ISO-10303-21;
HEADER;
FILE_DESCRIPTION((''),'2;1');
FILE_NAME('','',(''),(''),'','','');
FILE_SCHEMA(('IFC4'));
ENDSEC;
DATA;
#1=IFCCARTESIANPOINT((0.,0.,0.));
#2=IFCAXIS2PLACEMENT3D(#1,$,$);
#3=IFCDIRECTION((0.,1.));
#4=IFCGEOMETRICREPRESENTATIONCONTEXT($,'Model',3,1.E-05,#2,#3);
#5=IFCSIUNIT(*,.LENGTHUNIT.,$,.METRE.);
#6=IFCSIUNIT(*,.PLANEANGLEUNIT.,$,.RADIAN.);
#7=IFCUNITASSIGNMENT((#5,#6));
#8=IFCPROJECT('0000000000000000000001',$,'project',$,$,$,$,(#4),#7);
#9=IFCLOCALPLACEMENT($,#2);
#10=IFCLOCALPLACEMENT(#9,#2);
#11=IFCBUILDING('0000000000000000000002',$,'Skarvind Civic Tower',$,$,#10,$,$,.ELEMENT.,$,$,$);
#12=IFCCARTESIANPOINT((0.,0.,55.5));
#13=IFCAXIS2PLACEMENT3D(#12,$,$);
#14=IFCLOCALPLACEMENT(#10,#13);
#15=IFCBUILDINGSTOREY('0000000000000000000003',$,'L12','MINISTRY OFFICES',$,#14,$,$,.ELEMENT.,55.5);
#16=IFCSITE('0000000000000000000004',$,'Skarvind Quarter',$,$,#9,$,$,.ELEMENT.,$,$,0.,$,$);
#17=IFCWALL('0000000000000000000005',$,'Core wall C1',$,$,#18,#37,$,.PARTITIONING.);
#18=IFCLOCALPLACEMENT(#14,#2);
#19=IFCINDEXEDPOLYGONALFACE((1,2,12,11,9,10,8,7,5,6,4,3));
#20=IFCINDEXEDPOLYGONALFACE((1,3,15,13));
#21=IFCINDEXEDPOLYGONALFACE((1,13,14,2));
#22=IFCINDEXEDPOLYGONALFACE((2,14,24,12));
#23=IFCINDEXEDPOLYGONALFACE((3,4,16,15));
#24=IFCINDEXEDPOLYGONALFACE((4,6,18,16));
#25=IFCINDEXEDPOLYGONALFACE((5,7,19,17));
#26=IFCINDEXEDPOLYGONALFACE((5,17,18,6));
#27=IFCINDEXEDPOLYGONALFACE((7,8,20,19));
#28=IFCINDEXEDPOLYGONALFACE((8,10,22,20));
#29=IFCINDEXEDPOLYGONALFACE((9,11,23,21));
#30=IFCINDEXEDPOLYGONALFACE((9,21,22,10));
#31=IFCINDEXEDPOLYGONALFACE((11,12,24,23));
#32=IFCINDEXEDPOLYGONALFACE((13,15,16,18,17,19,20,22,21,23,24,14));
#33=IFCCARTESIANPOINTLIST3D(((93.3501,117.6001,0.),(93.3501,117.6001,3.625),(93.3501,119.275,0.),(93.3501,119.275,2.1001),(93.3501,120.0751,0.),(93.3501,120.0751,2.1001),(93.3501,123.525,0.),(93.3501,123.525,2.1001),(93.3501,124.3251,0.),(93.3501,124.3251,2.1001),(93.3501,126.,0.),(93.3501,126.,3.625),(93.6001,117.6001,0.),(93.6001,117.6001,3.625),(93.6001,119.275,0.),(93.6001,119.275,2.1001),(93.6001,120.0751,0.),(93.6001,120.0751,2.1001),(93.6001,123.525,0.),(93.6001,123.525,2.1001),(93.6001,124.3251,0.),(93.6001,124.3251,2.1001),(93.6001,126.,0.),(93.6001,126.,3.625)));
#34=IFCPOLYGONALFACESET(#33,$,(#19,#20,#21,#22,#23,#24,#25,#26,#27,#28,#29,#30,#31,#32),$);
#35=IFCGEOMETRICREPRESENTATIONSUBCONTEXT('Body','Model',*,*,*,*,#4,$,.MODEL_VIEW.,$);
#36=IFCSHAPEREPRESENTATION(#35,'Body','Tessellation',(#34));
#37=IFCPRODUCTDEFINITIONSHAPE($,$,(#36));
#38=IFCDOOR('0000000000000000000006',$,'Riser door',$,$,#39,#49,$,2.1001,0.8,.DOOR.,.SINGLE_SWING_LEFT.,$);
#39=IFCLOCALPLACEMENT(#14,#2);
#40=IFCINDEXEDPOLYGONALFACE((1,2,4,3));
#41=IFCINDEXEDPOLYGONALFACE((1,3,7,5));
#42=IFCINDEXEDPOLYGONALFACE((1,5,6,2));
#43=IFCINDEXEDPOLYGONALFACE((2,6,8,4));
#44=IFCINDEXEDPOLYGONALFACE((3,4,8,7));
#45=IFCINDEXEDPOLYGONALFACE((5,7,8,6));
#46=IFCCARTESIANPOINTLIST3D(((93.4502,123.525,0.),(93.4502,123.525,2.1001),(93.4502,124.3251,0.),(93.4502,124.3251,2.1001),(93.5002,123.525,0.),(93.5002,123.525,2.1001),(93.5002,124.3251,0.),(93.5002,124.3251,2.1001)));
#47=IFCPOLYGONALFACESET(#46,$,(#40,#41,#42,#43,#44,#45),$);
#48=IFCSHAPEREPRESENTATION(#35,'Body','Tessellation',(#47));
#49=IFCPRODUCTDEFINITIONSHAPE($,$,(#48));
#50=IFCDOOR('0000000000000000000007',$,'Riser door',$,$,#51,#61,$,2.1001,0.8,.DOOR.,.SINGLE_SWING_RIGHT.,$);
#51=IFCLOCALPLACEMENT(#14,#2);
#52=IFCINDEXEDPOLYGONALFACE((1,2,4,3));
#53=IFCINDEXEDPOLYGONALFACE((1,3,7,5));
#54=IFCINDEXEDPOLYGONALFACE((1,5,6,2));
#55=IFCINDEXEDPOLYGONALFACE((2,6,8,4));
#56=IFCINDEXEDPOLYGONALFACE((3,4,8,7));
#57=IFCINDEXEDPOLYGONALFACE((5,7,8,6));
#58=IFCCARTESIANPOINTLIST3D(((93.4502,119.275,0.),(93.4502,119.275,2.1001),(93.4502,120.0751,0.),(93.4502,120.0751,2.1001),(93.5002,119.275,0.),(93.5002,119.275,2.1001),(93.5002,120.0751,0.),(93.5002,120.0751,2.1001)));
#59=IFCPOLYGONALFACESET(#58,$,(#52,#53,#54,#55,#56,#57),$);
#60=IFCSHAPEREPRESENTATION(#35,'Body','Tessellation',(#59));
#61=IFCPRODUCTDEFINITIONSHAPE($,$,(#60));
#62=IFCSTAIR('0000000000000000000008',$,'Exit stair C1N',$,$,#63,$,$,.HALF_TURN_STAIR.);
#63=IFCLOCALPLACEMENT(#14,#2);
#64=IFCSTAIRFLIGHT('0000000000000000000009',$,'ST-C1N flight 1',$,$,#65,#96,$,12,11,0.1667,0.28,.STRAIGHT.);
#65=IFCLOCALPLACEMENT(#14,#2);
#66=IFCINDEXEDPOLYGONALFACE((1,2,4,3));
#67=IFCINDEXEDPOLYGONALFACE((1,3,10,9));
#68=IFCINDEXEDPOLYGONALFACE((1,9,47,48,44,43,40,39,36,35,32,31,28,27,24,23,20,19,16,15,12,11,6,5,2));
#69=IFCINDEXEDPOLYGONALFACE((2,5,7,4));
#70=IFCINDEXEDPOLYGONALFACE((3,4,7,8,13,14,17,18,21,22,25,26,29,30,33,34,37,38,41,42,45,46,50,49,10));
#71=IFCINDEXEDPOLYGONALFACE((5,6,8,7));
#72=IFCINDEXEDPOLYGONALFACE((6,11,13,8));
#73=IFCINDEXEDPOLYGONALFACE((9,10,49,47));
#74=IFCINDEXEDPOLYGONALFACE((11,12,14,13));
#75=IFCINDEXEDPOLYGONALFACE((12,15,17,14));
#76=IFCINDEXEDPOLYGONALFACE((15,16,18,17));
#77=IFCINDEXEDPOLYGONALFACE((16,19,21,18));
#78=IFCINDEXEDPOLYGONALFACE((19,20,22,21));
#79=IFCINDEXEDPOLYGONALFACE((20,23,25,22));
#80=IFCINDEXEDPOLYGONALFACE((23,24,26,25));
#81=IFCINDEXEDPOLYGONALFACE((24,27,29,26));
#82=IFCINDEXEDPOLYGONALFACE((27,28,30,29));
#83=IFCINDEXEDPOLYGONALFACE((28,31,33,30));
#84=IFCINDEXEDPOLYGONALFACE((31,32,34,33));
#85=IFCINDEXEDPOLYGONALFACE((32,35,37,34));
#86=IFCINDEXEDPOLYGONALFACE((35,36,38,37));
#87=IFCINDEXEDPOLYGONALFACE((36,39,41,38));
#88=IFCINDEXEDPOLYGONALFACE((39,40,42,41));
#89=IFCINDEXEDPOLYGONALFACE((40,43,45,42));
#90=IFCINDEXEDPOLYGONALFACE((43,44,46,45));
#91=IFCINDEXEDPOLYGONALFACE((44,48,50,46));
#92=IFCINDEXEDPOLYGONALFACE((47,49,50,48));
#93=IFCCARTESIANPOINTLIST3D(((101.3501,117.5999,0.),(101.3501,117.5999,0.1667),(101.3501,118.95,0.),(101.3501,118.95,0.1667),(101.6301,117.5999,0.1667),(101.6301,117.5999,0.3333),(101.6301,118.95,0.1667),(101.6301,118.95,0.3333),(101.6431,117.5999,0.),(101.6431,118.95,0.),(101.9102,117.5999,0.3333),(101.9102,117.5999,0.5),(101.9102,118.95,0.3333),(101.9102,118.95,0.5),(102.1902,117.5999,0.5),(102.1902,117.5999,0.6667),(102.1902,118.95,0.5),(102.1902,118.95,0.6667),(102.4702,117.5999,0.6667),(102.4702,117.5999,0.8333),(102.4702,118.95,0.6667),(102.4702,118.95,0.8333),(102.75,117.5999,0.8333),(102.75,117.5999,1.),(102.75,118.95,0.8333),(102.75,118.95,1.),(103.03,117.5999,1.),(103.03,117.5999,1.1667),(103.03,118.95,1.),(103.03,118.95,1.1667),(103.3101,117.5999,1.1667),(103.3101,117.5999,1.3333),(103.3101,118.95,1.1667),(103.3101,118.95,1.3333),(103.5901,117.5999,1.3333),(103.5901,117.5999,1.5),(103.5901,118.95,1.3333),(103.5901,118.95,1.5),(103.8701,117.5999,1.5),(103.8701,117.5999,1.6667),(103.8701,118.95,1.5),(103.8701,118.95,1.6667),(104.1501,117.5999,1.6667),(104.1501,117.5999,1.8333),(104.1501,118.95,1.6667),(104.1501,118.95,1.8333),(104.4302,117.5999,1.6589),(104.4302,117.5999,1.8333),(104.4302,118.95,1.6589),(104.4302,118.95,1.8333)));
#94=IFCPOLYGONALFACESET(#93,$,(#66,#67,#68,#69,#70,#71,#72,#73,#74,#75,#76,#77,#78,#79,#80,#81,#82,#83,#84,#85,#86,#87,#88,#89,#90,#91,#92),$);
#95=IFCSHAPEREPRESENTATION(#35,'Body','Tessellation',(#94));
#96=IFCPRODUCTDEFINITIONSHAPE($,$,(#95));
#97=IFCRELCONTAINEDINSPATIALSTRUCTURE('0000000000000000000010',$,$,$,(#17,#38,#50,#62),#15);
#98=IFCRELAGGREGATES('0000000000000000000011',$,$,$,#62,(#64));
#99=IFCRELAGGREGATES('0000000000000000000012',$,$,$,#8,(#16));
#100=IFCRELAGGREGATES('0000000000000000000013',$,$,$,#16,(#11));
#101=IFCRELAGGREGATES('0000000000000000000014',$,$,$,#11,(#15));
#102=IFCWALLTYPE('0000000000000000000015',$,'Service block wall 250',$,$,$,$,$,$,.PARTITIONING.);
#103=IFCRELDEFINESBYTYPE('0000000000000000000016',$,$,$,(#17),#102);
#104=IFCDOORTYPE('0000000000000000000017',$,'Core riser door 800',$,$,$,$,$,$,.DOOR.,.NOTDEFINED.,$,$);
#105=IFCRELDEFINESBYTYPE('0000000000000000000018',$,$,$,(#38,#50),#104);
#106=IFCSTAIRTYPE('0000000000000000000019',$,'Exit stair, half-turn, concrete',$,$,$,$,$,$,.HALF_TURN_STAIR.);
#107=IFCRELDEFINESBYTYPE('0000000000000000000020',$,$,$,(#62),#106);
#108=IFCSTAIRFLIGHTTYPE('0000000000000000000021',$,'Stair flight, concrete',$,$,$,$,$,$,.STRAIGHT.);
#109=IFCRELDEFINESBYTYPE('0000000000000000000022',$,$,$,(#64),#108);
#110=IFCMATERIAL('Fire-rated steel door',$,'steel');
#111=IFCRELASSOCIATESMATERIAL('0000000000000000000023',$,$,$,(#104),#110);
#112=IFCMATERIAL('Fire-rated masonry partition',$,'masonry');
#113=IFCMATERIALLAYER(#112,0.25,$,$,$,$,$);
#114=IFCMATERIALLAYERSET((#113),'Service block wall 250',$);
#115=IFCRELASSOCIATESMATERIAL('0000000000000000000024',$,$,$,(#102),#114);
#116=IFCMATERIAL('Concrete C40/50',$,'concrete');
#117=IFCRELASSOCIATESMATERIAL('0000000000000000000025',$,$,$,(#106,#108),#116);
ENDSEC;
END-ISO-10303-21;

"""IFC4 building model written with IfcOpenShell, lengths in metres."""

from ifc_helpers import new_model, si_unit, direction, frame, frame_2d, origin, place, context, subcontext, project, spatial, polyline, rectangle, outline, extrude, material, layer, layer_set, type_object, element, fill, aggregate, save


model = new_model("IFC4")

# Units and contexts
model_context = context("Model", 3, precision=1e-05, world=origin(), true_north=direction((0.0, 1.0)))
body_context = subcontext(model_context, "Body", "Model", "MODEL_VIEW")
ifc_project = project(units=[si_unit("LENGTHUNIT", "METRE"), si_unit("PLANEANGLEUNIT", "RADIAN")], contexts=[model_context])

# Site, building, storey
site_placement = place(None, origin())
site = spatial("IfcSite", under=ifc_project, at=site_placement, Name="Skarvind Quarter", CompositionType="ELEMENT", RefElevation=0.0)
building_placement = place(site_placement, origin())
building = spatial("IfcBuilding", under=site, at=building_placement, Name="Skarvind Civic Tower", CompositionType="ELEMENT")
storey_placement = place(building_placement, frame((0.0, 0.0, 55.5)))
storey = spatial("IfcBuildingStorey", under=building, at=storey_placement, Name="L12", Description="MINISTRY OFFICES", CompositionType="ELEMENT", Elevation=55.5)

# Shared definitions
ifc_material_1 = material(Name="Fire-rated masonry partition", Category="masonry")
ifc_material_2 = material(Name="Fire-rated steel door", Category="steel")

# Shared definitions
door_type_1 = type_object("IfcDoorType", Name="Core riser door 800", OperationType="NOTDEFINED", PredefinedType="DOOR", material=ifc_material_2)

# Wall, openings, doors
ifc_layer_1 = layer(ifc_material_1, 0.25)
ifc_layer_set_1 = layer_set([ifc_layer_1], Name="Service block wall 250")
wall_type_1 = type_object("IfcWallType", Name="Service block wall 250", PredefinedType="PARTITIONING", material=ifc_layer_set_1)
wall_1_placement = place(storey_placement, frame((93.4751, 117.6001, 0.0), z_axis=(0.0, 0.0, 1.0), x_axis=(0.0, 1.0, 0.0)))
wall_1 = element("IfcWall", 1, at=wall_1_placement, inside=storey, type_object=wall_type_1, Name="Core wall C1", PredefinedType="PARTITIONING", context=body_context, shape_type="SweptSolid", body=[
    extrude(rectangle(XDim=8.3999, YDim=0.25, at=frame_2d((4.2, 0.0))), origin(), (0.0, 0.0, 1.0), 3.625),
])
opening_1_placement = place(wall_1_placement, frame((5.925, 0.0, 0.0)))
opening_1 = element("IfcOpeningElement", 2, at=opening_1_placement, cuts=wall_1, PredefinedType="OPENING", context=body_context, shape_type="SweptSolid", body=[
    extrude(rectangle(XDim=0.8, YDim=2.1001, at=frame_2d((0.3999, 1.05))), frame((0.0, 0.135, 0.0), z_axis=(0.0, -1.0, 0.0), x_axis=(1.0, 0.0, 0.0)), (0.0, 0.0, 1.0), 0.27),
])
opening_2_placement = place(wall_1_placement, frame((1.675, 0.0, 0.0)))
opening_2 = element("IfcOpeningElement", 3, at=opening_2_placement, cuts=wall_1, PredefinedType="OPENING", context=body_context, shape_type="SweptSolid", body=[
    extrude(rectangle(XDim=0.8, YDim=2.1001, at=frame_2d((0.3999, 1.05))), frame((0.0, 0.135, 0.0), z_axis=(0.0, -1.0, 0.0), x_axis=(1.0, 0.0, 0.0)), (0.0, 0.0, 1.0), 0.27),
])
door_1_placement = place(opening_1_placement, origin())
door_1 = element("IfcDoor", 4, at=door_1_placement, inside=storey, type_object=door_type_1, Name="Riser door", OperationType="SINGLE_SWING_LEFT", OverallHeight=2.1001, OverallWidth=0.8, PredefinedType="DOOR", context=body_context, shape_type="SweptSolid", body=[
    extrude(rectangle(XDim=0.8, YDim=2.1001, at=frame_2d((0.3999, 1.05))), frame((0.0, 0.0249, 0.0), z_axis=(0.0, -1.0, 0.0), x_axis=(1.0, 0.0, 0.0)), (0.0, 0.0, 1.0), 0.05),
])
fill(opening_1, door_1)
door_2_placement = place(opening_2_placement, origin())
door_2 = element("IfcDoor", 5, at=door_2_placement, inside=storey, type_object=door_type_1, Name="Riser door", OperationType="SINGLE_SWING_RIGHT", OverallHeight=2.1001, OverallWidth=0.8, PredefinedType="DOOR", context=body_context, shape_type="SweptSolid", body=[
    extrude(rectangle(XDim=0.8, YDim=2.1001, at=frame_2d((0.3999, 1.05))), frame((0.0, 0.0249, 0.0), z_axis=(0.0, -1.0, 0.0), x_axis=(1.0, 0.0, 0.0)), (0.0, 0.0, 1.0), 0.05),
])
fill(opening_2, door_2)

# Stair, stair flight
ifc_material_3 = material(Name="Concrete C40/50", Category="concrete")
stair_type = type_object("IfcStairType", Name="Exit stair, half-turn, concrete", PredefinedType="HALF_TURN_STAIR", material=ifc_material_3)
stair_placement = place(storey_placement, origin())
stair = element("IfcStair", 6, at=stair_placement, inside=storey, type_object=stair_type, Name="Exit stair C1N", PredefinedType="HALF_TURN_STAIR")
stair_flight_type = type_object("IfcStairFlightType", Name="Stair flight, concrete", PredefinedType="STRAIGHT", material=ifc_material_3)
stair_flight_placement = place(storey_placement, frame((101.3501, 118.2749, 0.0), z_axis=(0.0, 0.0, 1.0), x_axis=(1.0, 0.0, 0.0)))
stair_flight = element("IfcStairFlight", 7, at=stair_flight_placement, type_object=stair_flight_type, Name="ST-C1N flight 1", NumberOfRisers=12, NumberOfTreads=11, PredefinedType="STRAIGHT", RiserHeight=0.1667, TreadLength=0.28, context=body_context, shape_type="SweptSolid", body=[
    extrude(outline(polyline([(0.0, 0.0), (0.0, 0.1667), (0.28, 0.1667), (0.28, 0.3333), (0.5601, 0.3333), (0.5601, 0.5), (0.8401, 0.5), (0.8401, 0.6667), (1.1201, 0.6667), (1.1201, 0.8333), (1.3999, 0.8333), (1.3999, 1.0), (1.6799, 1.0), (1.6799, 1.1667), (1.96, 1.1667), (1.96, 1.3333), (2.24, 1.3333), (2.24, 1.5), (2.52, 1.5), (2.52, 1.6667), (2.8, 1.6667), (2.8, 1.8333), (3.0801, 1.8333), (3.0801, 2.0), (3.0801, 1.6589), (0.293, 0.0), (0.0, 0.0)])), frame((0.0, 0.675, 0.0), z_axis=(0.0, -1.0, 0.0), x_axis=(1.0, 0.0, 0.0)), (0.0, 0.0, 1.0), 1.3501),
])
aggregate(stair, [stair_flight])

save(model, "model.ifc")
